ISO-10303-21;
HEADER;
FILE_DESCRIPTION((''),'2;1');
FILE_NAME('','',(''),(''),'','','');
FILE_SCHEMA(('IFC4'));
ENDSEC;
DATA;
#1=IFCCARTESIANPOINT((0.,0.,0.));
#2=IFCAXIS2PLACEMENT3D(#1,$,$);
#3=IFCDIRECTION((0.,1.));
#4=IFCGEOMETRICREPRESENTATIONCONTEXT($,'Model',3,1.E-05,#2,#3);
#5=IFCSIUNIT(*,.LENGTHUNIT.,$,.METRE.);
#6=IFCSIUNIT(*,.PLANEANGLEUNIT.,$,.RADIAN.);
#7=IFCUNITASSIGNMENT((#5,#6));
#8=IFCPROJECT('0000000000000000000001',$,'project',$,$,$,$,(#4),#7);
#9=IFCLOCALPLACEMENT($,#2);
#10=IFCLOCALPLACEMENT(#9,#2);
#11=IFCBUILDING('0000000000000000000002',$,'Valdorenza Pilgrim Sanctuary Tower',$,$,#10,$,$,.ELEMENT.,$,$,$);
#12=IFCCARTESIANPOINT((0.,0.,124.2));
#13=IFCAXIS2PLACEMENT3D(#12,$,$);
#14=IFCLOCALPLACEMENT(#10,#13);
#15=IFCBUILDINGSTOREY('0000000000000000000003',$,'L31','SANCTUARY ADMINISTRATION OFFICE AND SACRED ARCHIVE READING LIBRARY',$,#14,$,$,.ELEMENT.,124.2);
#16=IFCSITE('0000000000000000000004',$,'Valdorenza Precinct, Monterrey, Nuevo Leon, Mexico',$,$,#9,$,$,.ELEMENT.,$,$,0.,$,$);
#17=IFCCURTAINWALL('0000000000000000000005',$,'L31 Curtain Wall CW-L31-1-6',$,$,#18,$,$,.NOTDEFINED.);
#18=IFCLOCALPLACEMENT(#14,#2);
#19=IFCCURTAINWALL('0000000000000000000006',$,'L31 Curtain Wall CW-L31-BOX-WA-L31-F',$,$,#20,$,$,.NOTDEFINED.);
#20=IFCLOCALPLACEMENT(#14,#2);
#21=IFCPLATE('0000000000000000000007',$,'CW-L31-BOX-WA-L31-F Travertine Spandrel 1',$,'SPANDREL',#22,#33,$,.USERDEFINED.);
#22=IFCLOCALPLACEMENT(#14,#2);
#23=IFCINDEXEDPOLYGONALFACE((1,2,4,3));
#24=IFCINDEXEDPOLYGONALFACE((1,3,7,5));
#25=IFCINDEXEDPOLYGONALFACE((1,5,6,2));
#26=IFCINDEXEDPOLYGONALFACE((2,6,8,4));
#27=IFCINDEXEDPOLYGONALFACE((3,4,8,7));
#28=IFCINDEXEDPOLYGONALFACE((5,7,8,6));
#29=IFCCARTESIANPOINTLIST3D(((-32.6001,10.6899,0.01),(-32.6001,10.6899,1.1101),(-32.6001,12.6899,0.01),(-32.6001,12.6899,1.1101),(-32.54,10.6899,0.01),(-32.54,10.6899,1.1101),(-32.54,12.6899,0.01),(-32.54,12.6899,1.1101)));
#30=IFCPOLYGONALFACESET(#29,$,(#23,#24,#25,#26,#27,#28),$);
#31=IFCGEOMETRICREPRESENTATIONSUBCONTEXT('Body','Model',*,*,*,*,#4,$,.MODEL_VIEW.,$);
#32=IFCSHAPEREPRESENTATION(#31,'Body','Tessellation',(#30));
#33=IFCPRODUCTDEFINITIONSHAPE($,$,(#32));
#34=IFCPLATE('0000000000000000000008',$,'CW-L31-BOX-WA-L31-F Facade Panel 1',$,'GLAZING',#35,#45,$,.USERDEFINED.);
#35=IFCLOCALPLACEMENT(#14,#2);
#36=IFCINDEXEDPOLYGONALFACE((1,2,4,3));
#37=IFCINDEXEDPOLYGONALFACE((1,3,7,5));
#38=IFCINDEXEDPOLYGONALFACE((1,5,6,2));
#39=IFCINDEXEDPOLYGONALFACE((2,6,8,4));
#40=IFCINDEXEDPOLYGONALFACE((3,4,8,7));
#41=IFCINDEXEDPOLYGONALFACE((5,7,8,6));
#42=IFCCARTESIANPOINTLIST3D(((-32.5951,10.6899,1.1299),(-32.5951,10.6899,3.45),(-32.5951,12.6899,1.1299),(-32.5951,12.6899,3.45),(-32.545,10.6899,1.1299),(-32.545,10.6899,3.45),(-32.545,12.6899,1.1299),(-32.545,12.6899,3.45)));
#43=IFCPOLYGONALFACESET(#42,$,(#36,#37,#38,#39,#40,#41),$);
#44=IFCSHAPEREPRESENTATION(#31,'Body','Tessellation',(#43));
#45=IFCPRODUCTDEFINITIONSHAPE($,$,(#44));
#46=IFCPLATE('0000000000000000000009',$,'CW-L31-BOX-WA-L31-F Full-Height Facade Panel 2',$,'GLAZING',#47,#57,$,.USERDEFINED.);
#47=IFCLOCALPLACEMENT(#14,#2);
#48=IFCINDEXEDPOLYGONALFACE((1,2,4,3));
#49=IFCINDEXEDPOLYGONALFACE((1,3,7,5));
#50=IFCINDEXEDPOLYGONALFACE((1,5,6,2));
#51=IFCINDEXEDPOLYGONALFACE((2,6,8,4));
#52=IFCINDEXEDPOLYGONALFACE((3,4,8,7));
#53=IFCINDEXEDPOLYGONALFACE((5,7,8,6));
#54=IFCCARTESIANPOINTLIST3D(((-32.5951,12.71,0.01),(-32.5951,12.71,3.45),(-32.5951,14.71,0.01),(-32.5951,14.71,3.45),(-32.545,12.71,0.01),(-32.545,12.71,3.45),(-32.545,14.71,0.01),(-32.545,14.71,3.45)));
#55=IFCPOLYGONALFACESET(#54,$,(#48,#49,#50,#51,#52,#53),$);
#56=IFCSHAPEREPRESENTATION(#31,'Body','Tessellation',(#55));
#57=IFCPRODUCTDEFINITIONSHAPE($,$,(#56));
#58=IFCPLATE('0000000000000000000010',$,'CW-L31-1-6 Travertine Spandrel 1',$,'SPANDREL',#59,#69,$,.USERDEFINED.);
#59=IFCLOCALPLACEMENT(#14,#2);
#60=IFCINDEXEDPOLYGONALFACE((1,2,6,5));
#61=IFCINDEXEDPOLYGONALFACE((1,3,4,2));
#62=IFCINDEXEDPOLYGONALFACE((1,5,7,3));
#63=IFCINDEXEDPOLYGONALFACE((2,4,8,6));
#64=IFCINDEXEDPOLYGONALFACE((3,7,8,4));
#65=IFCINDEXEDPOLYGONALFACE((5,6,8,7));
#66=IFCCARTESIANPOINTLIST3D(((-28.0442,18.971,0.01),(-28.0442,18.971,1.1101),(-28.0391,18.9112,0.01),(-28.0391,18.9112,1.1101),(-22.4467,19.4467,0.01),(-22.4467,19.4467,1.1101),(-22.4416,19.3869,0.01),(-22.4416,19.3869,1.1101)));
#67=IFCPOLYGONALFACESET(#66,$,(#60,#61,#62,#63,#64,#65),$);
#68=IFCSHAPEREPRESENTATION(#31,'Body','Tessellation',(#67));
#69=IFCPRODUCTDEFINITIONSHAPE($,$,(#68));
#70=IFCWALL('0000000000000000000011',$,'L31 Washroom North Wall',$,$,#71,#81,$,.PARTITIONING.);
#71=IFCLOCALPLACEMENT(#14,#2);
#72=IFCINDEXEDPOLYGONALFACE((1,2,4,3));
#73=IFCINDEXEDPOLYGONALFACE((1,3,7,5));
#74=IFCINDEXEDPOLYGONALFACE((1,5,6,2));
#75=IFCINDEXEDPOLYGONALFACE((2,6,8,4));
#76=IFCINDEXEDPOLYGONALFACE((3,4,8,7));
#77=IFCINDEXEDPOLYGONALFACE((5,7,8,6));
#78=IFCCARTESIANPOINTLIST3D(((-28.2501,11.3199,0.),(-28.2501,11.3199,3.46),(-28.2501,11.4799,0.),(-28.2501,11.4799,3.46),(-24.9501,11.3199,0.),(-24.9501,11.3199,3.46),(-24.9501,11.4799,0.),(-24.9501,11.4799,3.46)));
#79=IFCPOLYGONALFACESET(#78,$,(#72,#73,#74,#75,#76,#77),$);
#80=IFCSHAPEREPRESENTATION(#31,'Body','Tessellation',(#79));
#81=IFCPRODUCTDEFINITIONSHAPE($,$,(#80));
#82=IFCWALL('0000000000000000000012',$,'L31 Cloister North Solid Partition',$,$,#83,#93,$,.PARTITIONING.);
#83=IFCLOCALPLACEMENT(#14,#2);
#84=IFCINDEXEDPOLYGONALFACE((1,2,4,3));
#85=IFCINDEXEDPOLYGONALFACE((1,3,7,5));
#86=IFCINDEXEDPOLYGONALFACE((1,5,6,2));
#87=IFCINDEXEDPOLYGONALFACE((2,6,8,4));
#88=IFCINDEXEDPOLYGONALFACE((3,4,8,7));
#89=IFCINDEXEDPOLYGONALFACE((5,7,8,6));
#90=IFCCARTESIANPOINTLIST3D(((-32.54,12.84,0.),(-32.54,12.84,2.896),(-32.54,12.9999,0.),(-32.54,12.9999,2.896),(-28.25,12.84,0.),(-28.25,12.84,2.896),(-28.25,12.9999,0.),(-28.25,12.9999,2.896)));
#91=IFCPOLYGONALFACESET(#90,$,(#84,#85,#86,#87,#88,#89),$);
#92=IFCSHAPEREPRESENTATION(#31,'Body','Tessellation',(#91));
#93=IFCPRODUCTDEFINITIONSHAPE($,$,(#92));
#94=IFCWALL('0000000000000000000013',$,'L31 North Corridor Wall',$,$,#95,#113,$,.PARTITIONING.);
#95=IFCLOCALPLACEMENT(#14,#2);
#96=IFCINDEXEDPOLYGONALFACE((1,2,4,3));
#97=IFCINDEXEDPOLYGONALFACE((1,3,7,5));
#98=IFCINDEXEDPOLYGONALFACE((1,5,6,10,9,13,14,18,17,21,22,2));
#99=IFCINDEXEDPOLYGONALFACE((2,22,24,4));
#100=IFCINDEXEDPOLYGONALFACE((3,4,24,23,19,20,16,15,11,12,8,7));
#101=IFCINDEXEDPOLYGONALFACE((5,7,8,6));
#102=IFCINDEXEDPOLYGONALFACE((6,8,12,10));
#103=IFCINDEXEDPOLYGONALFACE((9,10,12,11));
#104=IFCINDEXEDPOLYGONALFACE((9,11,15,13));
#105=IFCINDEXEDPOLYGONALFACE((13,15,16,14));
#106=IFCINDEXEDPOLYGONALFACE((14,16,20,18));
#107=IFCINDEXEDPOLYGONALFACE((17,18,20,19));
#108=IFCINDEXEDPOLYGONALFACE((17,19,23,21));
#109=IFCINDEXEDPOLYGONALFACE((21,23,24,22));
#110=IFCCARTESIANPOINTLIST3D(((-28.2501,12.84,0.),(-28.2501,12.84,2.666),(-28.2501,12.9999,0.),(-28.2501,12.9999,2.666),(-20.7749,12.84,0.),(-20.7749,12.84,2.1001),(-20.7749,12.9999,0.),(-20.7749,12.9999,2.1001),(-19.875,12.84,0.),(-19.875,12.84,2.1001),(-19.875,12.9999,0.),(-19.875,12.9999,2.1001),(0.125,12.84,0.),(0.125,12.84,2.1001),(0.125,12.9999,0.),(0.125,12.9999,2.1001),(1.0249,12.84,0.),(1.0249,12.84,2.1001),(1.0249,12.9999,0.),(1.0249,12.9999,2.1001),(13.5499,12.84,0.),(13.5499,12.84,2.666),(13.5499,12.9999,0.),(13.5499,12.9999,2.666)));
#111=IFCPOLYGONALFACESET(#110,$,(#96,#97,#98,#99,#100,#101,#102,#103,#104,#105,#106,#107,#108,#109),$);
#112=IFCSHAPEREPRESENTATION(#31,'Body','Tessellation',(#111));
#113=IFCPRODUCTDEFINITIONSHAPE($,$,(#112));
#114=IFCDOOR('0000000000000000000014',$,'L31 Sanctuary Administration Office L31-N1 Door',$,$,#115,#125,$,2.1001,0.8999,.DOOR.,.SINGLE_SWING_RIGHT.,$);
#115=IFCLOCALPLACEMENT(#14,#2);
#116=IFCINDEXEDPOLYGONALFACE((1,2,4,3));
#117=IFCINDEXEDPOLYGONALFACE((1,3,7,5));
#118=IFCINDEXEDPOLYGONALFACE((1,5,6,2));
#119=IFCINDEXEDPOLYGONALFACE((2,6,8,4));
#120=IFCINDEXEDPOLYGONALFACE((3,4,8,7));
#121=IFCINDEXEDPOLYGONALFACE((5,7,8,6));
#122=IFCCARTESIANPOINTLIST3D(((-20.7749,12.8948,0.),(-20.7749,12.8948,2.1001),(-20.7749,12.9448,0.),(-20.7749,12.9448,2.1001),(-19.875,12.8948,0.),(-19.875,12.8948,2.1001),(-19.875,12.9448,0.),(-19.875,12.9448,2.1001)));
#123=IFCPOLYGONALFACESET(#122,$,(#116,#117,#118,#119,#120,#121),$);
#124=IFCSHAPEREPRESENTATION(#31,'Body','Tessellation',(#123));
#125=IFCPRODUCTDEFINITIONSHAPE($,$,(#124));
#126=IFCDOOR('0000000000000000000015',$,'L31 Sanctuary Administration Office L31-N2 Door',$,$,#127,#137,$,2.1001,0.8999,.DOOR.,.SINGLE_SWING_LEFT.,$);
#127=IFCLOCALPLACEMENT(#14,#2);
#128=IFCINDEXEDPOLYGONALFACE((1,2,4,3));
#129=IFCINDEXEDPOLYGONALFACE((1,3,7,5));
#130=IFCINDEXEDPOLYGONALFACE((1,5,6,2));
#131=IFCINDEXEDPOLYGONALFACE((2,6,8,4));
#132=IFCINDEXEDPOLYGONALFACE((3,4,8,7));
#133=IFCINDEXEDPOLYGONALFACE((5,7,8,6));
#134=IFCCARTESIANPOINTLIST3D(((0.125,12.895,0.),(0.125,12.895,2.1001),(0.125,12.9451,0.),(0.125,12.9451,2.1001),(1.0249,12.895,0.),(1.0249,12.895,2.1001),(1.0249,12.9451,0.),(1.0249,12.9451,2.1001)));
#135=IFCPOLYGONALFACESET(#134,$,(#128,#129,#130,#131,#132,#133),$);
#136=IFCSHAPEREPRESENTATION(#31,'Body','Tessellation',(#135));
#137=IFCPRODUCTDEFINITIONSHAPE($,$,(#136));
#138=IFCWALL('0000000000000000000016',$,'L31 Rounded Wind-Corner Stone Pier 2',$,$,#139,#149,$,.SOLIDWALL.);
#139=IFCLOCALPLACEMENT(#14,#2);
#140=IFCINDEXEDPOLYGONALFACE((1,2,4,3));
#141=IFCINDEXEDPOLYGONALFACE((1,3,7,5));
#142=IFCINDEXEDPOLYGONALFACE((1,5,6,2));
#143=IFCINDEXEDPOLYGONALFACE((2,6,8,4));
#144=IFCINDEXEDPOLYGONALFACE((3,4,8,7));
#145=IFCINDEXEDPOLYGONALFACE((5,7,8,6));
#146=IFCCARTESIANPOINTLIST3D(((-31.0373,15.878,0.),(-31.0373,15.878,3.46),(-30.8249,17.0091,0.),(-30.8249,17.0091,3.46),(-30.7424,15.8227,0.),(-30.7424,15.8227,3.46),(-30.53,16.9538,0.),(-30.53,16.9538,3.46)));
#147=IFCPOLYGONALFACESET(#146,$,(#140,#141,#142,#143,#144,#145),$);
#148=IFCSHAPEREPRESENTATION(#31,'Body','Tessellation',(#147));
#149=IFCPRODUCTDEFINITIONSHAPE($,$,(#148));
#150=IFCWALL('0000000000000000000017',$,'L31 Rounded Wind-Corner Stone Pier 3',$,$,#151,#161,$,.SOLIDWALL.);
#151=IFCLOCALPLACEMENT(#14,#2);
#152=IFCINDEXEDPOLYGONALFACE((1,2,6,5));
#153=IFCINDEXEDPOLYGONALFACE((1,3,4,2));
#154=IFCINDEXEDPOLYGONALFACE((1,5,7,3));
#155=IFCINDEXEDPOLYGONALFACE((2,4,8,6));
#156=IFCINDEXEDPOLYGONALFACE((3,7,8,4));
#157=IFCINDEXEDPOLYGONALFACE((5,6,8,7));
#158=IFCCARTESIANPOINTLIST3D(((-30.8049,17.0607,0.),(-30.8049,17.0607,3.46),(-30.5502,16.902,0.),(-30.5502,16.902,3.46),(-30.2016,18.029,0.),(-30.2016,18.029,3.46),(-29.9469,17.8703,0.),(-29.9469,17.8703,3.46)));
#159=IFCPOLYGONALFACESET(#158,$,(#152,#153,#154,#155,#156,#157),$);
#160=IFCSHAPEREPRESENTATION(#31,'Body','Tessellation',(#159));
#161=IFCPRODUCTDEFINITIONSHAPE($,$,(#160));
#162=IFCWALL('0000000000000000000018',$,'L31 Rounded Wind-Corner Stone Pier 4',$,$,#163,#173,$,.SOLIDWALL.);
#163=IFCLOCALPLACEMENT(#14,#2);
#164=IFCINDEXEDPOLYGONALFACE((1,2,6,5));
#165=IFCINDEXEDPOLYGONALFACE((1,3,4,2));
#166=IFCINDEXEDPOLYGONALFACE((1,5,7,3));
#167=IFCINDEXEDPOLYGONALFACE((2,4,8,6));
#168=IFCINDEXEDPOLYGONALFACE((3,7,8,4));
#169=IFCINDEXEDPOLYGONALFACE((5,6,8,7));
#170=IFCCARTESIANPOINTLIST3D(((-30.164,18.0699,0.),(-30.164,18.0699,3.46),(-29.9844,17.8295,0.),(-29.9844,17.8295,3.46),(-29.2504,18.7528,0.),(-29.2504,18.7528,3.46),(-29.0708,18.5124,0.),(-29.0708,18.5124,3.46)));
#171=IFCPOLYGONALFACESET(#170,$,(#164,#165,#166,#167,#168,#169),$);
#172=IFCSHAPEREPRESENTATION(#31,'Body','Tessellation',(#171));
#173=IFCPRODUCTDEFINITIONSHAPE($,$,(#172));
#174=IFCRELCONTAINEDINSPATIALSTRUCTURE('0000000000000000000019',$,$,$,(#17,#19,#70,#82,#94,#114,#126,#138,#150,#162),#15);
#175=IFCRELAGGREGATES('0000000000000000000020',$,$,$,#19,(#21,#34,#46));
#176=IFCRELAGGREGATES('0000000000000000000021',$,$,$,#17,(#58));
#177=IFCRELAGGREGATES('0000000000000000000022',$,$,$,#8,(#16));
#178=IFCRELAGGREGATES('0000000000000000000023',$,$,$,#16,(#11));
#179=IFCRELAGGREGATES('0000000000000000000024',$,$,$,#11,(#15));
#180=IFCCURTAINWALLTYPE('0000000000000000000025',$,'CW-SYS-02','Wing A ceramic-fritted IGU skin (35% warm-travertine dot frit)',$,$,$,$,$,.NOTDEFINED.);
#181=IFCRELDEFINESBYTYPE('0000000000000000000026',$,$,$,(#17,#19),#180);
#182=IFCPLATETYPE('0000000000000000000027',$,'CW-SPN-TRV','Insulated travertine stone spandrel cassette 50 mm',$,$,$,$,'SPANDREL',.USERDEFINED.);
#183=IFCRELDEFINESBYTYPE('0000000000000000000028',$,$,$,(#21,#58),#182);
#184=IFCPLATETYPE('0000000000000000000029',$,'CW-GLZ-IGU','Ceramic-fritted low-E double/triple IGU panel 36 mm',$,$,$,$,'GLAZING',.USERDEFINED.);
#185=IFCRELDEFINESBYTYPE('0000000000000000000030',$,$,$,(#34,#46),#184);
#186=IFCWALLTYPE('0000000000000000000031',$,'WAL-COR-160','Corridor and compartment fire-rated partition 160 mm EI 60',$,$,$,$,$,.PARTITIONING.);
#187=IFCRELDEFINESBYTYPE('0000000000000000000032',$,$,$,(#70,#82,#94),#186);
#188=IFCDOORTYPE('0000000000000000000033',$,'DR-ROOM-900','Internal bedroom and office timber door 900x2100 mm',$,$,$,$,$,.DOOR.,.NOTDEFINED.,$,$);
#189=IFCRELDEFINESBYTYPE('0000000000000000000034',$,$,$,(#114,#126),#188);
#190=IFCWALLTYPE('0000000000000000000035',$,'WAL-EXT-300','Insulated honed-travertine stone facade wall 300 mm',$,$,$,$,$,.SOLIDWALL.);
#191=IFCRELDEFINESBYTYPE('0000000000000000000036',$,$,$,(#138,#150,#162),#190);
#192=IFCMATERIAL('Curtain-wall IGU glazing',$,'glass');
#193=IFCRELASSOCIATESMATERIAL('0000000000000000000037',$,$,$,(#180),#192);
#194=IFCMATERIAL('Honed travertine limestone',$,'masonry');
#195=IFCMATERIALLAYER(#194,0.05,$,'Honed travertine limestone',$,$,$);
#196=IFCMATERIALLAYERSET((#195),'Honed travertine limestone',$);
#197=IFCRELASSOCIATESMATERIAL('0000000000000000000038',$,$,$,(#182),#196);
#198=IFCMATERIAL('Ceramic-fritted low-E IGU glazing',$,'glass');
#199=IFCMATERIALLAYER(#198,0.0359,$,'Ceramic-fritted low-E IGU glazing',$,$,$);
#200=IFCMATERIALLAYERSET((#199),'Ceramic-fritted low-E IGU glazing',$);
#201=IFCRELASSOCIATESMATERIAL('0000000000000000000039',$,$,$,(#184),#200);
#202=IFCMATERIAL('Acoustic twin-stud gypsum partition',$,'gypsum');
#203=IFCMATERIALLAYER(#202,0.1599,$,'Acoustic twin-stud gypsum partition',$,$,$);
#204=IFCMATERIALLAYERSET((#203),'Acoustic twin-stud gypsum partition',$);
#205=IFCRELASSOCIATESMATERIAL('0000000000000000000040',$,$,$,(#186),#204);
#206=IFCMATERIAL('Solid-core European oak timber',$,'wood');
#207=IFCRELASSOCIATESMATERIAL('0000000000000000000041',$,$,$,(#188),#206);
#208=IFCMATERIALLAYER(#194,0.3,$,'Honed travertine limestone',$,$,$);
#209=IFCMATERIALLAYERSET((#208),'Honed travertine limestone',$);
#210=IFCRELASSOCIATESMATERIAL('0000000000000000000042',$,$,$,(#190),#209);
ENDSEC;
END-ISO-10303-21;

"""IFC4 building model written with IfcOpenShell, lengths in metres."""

from ifc_helpers import new_model, si_unit, direction, frame, frame_2d, origin, origin_2d, place, context, subcontext, project, spatial, rectangle, extrude, source, transform, mapped, material, layer, layer_set, type_object, element, fill, aggregate, save


model = new_model("IFC4")

# Units and contexts
model_context = context("Model", 3, precision=1e-05, world=origin(), true_north=direction((0.0, 1.0)))
body_context = subcontext(model_context, "Body", "Model", "MODEL_VIEW")
ifc_project = project(units=[si_unit("LENGTHUNIT", "METRE"), si_unit("PLANEANGLEUNIT", "RADIAN")], contexts=[model_context])

# Site, building, storey
site_placement = place(None, origin())
site = spatial("IfcSite", under=ifc_project, at=site_placement, Name="Valdorenza Precinct, Monterrey, Nuevo Leon, Mexico", CompositionType="ELEMENT", RefElevation=0.0)
building_placement = place(site_placement, origin())
building = spatial("IfcBuilding", under=site, at=building_placement, Name="Valdorenza Pilgrim Sanctuary Tower", CompositionType="ELEMENT")
storey_placement = place(building_placement, frame((0.0, 0.0, 124.2)))
storey = spatial("IfcBuildingStorey", under=building, at=storey_placement, Name="L31", Description="SANCTUARY ADMINISTRATION OFFICE AND SACRED ARCHIVE READING LIBRARY", CompositionType="ELEMENT", Elevation=124.2)

# Curtain wall
ifc_material_1 = material(Name="Curtain-wall IGU glazing", Category="glass")
curtain_wall_type = type_object("IfcCurtainWallType", Name="CW-SYS-02", Description="Wing A ceramic-fritted IGU skin (35% warm-travertine dot frit)", PredefinedType="NOTDEFINED", material=ifc_material_1)
curtain_wall_1_placement = place(storey_placement, origin())
curtain_wall_1 = element("IfcCurtainWall", 1, at=curtain_wall_1_placement, inside=storey, type_object=curtain_wall_type, Name="L31 Curtain Wall CW-L31-1-6", PredefinedType="NOTDEFINED")

# Curtain wall
curtain_wall_2_placement = place(storey_placement, origin())
curtain_wall_2 = element("IfcCurtainWall", 2, at=curtain_wall_2_placement, inside=storey, type_object=curtain_wall_type, Name="L31 Curtain Wall CW-L31-BOX-WA-L31-F", PredefinedType="NOTDEFINED")

# Plates
ifc_material_2 = material(Name="Honed travertine limestone", Category="masonry")
ifc_layer_1 = layer(ifc_material_2, 0.05, Name="Honed travertine limestone")
ifc_layer_set_1 = layer_set([ifc_layer_1], Name="Honed travertine limestone")
plate_type_1 = type_object("IfcPlateType", Name="CW-SPN-TRV", Description="Insulated travertine stone spandrel cassette 50 mm", ElementType="SPANDREL", PredefinedType="USERDEFINED", material=ifc_layer_set_1)
ifc_material_3 = material(Name="Ceramic-fritted low-E IGU glazing", Category="glass")
ifc_layer_2 = layer(ifc_material_3, 0.0359, Name="Ceramic-fritted low-E IGU glazing")
ifc_layer_set_2 = layer_set([ifc_layer_2], Name="Ceramic-fritted low-E IGU glazing")
plate_type_2 = type_object("IfcPlateType", Name="CW-GLZ-IGU", Description="Ceramic-fritted low-E double/triple IGU panel 36 mm", ElementType="GLAZING", PredefinedType="USERDEFINED", material=ifc_layer_set_2)
shared_shape_1 = source(origin(), body_context, "Body", "SweptSolid", [
    extrude(rectangle(XDim=2.0, YDim=0.0601, at=origin_2d()), origin(), (0.0, 0.0, 1.0), 1.1001),
])
plate_1_placement = place(storey_placement, frame((-32.5701, 11.6899, 0.01), z_axis=(0.0, 0.0, 1.0), x_axis=(0.0, 1.0, 0.0)))
plate_1 = element("IfcPlate", 3, at=plate_1_placement, type_object=plate_type_1, Name="CW-L31-BOX-WA-L31-F Travertine Spandrel 1", ObjectType="SPANDREL", PredefinedType="USERDEFINED", context=body_context, shape_type="MappedRepresentation", body=[
    mapped(shared_shape_1, transform((0.0, 0.0, 0.0), x_axis=(1.0, 0.0, 0.0), y_axis=(0.0, 1.0, 0.0), z_axis=(0.0, 0.0, 1.0), scale=1.0)),
])
shared_shape_2 = source(origin(), body_context, "Body", "SweptSolid", [
    extrude(rectangle(XDim=2.0, YDim=0.05, at=origin_2d()), origin(), (0.0, 0.0, 1.0), 2.3201),
])
plate_2_placement = place(storey_placement, frame((-32.5701, 11.6899, 1.1299), z_axis=(0.0, 0.0, 1.0), x_axis=(0.0, 1.0, 0.0)))
plate_2 = element("IfcPlate", 4, at=plate_2_placement, type_object=plate_type_2, Name="CW-L31-BOX-WA-L31-F Facade Panel 1", ObjectType="GLAZING", PredefinedType="USERDEFINED", context=body_context, shape_type="MappedRepresentation", body=[
    mapped(shared_shape_2, transform((0.0, 0.0, 0.0), x_axis=(1.0, 0.0, 0.0), y_axis=(0.0, 1.0, 0.0), z_axis=(0.0, 0.0, 1.0), scale=1.0)),
])
shared_shape_3 = source(origin(), body_context, "Body", "SweptSolid", [
    extrude(rectangle(XDim=2.0, YDim=0.05, at=origin_2d()), origin(), (0.0, 0.0, 1.0), 3.4399),
])
plate_3_placement = place(storey_placement, frame((-32.5701, 13.71, 0.01), z_axis=(0.0, 0.0, 1.0), x_axis=(0.0, 1.0, 0.0)))
plate_3 = element("IfcPlate", 5, at=plate_3_placement, type_object=plate_type_2, Name="CW-L31-BOX-WA-L31-F Full-Height Facade Panel 2", ObjectType="GLAZING", PredefinedType="USERDEFINED", context=body_context, shape_type="MappedRepresentation", body=[
    mapped(shared_shape_3, transform((0.0, 0.0, 0.0), x_axis=(1.0, 0.0, 0.0), y_axis=(0.0, 1.0, 0.0), z_axis=(0.0, 0.0, 1.0), scale=1.0)),
])
aggregate(curtain_wall_2, [plate_1, plate_2, plate_3])
shared_shape_4 = source(origin(), body_context, "Body", "SweptSolid", [
    extrude(rectangle(XDim=5.6177, YDim=0.0601, at=origin_2d()), origin(), (0.0, 0.0, 1.0), 1.1001),
])
plate_4_placement = place(storey_placement, frame((-25.2429, 19.179, 0.01), z_axis=(0.0, 0.0, 1.0), x_axis=(0.996408, 0.084687, 0.0)))
plate_4 = element("IfcPlate", 6, at=plate_4_placement, type_object=plate_type_1, Name="CW-L31-1-6 Travertine Spandrel 1", ObjectType="SPANDREL", PredefinedType="USERDEFINED", context=body_context, shape_type="MappedRepresentation", body=[
    mapped(shared_shape_4, transform((0.0, 0.0, 0.0), x_axis=(1.0, 0.0, 0.0), y_axis=(0.0, 1.0, 0.0), z_axis=(0.0, 0.0, 1.0), scale=1.0)),
])
aggregate(curtain_wall_1, [plate_4])

# Walls
ifc_material_4 = material(Name="Acoustic twin-stud gypsum partition", Category="gypsum")
ifc_layer_3 = layer(ifc_material_4, 0.1599, Name="Acoustic twin-stud gypsum partition")
ifc_layer_set_3 = layer_set([ifc_layer_3], Name="Acoustic twin-stud gypsum partition")
wall_type_1 = type_object("IfcWallType", Name="WAL-COR-160", Description="Corridor and compartment fire-rated partition 160 mm EI 60", PredefinedType="PARTITIONING", material=ifc_layer_set_3)
wall_1_placement = place(storey_placement, frame((-28.25, 11.3999, 0.0), z_axis=(0.0, 0.0, 1.0), x_axis=(1.0, 0.0, 0.0)))
element("IfcWall", 7, at=wall_1_placement, inside=storey, type_object=wall_type_1, Name="L31 Washroom North Wall", PredefinedType="PARTITIONING", context=body_context, shape_type="SweptSolid", body=[
    extrude(rectangle(XDim=3.3, YDim=0.1599, at=frame_2d((1.6499, 0.0))), origin(), (0.0, 0.0, 1.0), 3.46),
])
wall_2_placement = place(storey_placement, frame((-32.54, 12.9199, 0.0), z_axis=(0.0, 0.0, 1.0), x_axis=(1.0, 0.0, 0.0)))
element("IfcWall", 8, at=wall_2_placement, inside=storey, type_object=wall_type_1, Name="L31 Cloister North Solid Partition", PredefinedType="PARTITIONING", context=body_context, shape_type="SweptSolid", body=[
    extrude(rectangle(XDim=4.29, YDim=0.1599, at=frame_2d((2.145, 0.0))), origin(), (0.0, 0.0, 1.0), 2.896),
])

# Wall, openings, doors
wall_3_placement = place(storey_placement, frame((-28.25, 12.9199, 0.0), z_axis=(0.0, 0.0, 1.0), x_axis=(1.0, 0.0, 0.0)))
wall_3 = element("IfcWall", 9, at=wall_3_placement, inside=storey, type_object=wall_type_1, Name="L31 North Corridor Wall", PredefinedType="PARTITIONING", context=body_context, shape_type="SweptSolid", body=[
    extrude(rectangle(XDim=41.8, YDim=0.1599, at=frame_2d((20.8999, 0.0))), origin(), (0.0, 0.0, 1.0), 2.666),
])
opening_1_placement = place(wall_3_placement, frame((7.4751, 0.0, 0.0)))
opening_1 = element("IfcOpeningElement", 10, at=opening_1_placement, cuts=wall_3, PredefinedType="OPENING", context=body_context, shape_type="SweptSolid", body=[
    extrude(rectangle(XDim=0.8999, YDim=2.1001, at=frame_2d((0.45, 1.05))), frame((0.0, 0.0947, 0.0), z_axis=(0.0, -1.0, 0.0), x_axis=(1.0, 0.0, 0.0)), (0.0, 0.0, 1.0), 0.1897),
])
opening_2_placement = place(wall_3_placement, frame((28.375, 0.0, 0.0)))
opening_2 = element("IfcOpeningElement", 11, at=opening_2_placement, cuts=wall_3, PredefinedType="OPENING", context=body_context, shape_type="SweptSolid", body=[
    extrude(rectangle(XDim=0.8999, YDim=2.1001, at=frame_2d((0.45, 1.05))), frame((0.0, 0.0947, 0.0), z_axis=(0.0, -1.0, 0.0), x_axis=(1.0, 0.0, 0.0)), (0.0, 0.0, 1.0), 0.1897),
])
ifc_material_5 = material(Name="Solid-core European oak timber", Category="wood")
door_type = type_object("IfcDoorType", Name="DR-ROOM-900", Description="Internal bedroom and office timber door 900x2100 mm", OperationType="NOTDEFINED", PredefinedType="DOOR", material=ifc_material_5)
door_1_placement = place(opening_1_placement, origin())
door_1 = element("IfcDoor", 12, at=door_1_placement, inside=storey, type_object=door_type, Name="L31 Sanctuary Administration Office L31-N1 Door", OperationType="SINGLE_SWING_RIGHT", OverallHeight=2.1001, OverallWidth=0.8999, PredefinedType="DOOR", context=body_context, shape_type="SweptSolid", body=[
    extrude(rectangle(XDim=0.8999, YDim=2.1001, at=frame_2d((0.45, 1.05))), frame((0.0, 0.0249, 0.0), z_axis=(0.0, -1.0, 0.0), x_axis=(1.0, 0.0, 0.0)), (0.0, 0.0, 1.0), 0.05),
])
fill(opening_1, door_1)
door_2_placement = place(opening_2_placement, frame((0.8999, 0.0, 0.0), z_axis=(0.0, 0.0, 1.0), x_axis=(-1.0, 0.0, 0.0)))
door_2 = element("IfcDoor", 13, at=door_2_placement, inside=storey, type_object=door_type, Name="L31 Sanctuary Administration Office L31-N2 Door", OperationType="SINGLE_SWING_LEFT", OverallHeight=2.1001, OverallWidth=0.8999, PredefinedType="DOOR", context=body_context, shape_type="SweptSolid", body=[
    extrude(rectangle(XDim=0.8999, YDim=2.1001, at=frame_2d((0.45, 1.05))), frame((0.0, 0.0249, 0.0), z_axis=(0.0, -1.0, 0.0), x_axis=(1.0, 0.0, 0.0)), (0.0, 0.0, 1.0), 0.05),
])
fill(opening_2, door_2)

# Walls
ifc_layer_4 = layer(ifc_material_2, 0.3, Name="Honed travertine limestone")
ifc_layer_set_4 = layer_set([ifc_layer_4], Name="Honed travertine limestone")
wall_type_2 = type_object("IfcWallType", Name="WAL-EXT-300", Description="Insulated honed-travertine stone facade wall 300 mm", PredefinedType="SOLIDWALL", material=ifc_layer_set_4)
wall_4_placement = place(storey_placement, frame((-30.8899, 15.8503, 0.0), z_axis=(0.0, 0.0, 1.0), x_axis=(0.184557, 0.982822, 0.0)))
element("IfcWall", 14, at=wall_4_placement, inside=storey, type_object=wall_type_2, Name="L31 Rounded Wind-Corner Stone Pier 2", PredefinedType="SOLIDWALL", context=body_context, shape_type="SweptSolid", body=[
    extrude(rectangle(XDim=1.1509, YDim=0.3, at=frame_2d((0.5754, 0.0))), origin(), (0.0, 0.0, 1.0), 3.46),
])
wall_5_placement = place(storey_placement, frame((-30.6775, 16.9814, 0.0), z_axis=(0.0, 0.0, 1.0), x_axis=(0.528806, 0.848743, 0.0)))
element("IfcWall", 15, at=wall_5_placement, inside=storey, type_object=wall_type_2, Name="L31 Rounded Wind-Corner Stone Pier 3", PredefinedType="SOLIDWALL", context=body_context, shape_type="SweptSolid", body=[
    extrude(rectangle(XDim=1.1409, YDim=0.3, at=frame_2d((0.5703, 0.0))), origin(), (0.0, 0.0, 1.0), 3.46),
])
wall_6_placement = place(storey_placement, frame((-30.0742, 17.9497, 0.0), z_axis=(0.0, 0.0, 1.0), x_axis=(0.800975, 0.598698, 0.0)))
element("IfcWall", 16, at=wall_6_placement, inside=storey, type_object=wall_type_2, Name="L31 Rounded Wind-Corner Stone Pier 4", PredefinedType="SOLIDWALL", context=body_context, shape_type="SweptSolid", body=[
    extrude(rectangle(XDim=1.1406, YDim=0.3, at=frame_2d((0.5703, 0.0))), origin(), (0.0, 0.0, 1.0), 3.46),
])

save(model, "model.ifc")
